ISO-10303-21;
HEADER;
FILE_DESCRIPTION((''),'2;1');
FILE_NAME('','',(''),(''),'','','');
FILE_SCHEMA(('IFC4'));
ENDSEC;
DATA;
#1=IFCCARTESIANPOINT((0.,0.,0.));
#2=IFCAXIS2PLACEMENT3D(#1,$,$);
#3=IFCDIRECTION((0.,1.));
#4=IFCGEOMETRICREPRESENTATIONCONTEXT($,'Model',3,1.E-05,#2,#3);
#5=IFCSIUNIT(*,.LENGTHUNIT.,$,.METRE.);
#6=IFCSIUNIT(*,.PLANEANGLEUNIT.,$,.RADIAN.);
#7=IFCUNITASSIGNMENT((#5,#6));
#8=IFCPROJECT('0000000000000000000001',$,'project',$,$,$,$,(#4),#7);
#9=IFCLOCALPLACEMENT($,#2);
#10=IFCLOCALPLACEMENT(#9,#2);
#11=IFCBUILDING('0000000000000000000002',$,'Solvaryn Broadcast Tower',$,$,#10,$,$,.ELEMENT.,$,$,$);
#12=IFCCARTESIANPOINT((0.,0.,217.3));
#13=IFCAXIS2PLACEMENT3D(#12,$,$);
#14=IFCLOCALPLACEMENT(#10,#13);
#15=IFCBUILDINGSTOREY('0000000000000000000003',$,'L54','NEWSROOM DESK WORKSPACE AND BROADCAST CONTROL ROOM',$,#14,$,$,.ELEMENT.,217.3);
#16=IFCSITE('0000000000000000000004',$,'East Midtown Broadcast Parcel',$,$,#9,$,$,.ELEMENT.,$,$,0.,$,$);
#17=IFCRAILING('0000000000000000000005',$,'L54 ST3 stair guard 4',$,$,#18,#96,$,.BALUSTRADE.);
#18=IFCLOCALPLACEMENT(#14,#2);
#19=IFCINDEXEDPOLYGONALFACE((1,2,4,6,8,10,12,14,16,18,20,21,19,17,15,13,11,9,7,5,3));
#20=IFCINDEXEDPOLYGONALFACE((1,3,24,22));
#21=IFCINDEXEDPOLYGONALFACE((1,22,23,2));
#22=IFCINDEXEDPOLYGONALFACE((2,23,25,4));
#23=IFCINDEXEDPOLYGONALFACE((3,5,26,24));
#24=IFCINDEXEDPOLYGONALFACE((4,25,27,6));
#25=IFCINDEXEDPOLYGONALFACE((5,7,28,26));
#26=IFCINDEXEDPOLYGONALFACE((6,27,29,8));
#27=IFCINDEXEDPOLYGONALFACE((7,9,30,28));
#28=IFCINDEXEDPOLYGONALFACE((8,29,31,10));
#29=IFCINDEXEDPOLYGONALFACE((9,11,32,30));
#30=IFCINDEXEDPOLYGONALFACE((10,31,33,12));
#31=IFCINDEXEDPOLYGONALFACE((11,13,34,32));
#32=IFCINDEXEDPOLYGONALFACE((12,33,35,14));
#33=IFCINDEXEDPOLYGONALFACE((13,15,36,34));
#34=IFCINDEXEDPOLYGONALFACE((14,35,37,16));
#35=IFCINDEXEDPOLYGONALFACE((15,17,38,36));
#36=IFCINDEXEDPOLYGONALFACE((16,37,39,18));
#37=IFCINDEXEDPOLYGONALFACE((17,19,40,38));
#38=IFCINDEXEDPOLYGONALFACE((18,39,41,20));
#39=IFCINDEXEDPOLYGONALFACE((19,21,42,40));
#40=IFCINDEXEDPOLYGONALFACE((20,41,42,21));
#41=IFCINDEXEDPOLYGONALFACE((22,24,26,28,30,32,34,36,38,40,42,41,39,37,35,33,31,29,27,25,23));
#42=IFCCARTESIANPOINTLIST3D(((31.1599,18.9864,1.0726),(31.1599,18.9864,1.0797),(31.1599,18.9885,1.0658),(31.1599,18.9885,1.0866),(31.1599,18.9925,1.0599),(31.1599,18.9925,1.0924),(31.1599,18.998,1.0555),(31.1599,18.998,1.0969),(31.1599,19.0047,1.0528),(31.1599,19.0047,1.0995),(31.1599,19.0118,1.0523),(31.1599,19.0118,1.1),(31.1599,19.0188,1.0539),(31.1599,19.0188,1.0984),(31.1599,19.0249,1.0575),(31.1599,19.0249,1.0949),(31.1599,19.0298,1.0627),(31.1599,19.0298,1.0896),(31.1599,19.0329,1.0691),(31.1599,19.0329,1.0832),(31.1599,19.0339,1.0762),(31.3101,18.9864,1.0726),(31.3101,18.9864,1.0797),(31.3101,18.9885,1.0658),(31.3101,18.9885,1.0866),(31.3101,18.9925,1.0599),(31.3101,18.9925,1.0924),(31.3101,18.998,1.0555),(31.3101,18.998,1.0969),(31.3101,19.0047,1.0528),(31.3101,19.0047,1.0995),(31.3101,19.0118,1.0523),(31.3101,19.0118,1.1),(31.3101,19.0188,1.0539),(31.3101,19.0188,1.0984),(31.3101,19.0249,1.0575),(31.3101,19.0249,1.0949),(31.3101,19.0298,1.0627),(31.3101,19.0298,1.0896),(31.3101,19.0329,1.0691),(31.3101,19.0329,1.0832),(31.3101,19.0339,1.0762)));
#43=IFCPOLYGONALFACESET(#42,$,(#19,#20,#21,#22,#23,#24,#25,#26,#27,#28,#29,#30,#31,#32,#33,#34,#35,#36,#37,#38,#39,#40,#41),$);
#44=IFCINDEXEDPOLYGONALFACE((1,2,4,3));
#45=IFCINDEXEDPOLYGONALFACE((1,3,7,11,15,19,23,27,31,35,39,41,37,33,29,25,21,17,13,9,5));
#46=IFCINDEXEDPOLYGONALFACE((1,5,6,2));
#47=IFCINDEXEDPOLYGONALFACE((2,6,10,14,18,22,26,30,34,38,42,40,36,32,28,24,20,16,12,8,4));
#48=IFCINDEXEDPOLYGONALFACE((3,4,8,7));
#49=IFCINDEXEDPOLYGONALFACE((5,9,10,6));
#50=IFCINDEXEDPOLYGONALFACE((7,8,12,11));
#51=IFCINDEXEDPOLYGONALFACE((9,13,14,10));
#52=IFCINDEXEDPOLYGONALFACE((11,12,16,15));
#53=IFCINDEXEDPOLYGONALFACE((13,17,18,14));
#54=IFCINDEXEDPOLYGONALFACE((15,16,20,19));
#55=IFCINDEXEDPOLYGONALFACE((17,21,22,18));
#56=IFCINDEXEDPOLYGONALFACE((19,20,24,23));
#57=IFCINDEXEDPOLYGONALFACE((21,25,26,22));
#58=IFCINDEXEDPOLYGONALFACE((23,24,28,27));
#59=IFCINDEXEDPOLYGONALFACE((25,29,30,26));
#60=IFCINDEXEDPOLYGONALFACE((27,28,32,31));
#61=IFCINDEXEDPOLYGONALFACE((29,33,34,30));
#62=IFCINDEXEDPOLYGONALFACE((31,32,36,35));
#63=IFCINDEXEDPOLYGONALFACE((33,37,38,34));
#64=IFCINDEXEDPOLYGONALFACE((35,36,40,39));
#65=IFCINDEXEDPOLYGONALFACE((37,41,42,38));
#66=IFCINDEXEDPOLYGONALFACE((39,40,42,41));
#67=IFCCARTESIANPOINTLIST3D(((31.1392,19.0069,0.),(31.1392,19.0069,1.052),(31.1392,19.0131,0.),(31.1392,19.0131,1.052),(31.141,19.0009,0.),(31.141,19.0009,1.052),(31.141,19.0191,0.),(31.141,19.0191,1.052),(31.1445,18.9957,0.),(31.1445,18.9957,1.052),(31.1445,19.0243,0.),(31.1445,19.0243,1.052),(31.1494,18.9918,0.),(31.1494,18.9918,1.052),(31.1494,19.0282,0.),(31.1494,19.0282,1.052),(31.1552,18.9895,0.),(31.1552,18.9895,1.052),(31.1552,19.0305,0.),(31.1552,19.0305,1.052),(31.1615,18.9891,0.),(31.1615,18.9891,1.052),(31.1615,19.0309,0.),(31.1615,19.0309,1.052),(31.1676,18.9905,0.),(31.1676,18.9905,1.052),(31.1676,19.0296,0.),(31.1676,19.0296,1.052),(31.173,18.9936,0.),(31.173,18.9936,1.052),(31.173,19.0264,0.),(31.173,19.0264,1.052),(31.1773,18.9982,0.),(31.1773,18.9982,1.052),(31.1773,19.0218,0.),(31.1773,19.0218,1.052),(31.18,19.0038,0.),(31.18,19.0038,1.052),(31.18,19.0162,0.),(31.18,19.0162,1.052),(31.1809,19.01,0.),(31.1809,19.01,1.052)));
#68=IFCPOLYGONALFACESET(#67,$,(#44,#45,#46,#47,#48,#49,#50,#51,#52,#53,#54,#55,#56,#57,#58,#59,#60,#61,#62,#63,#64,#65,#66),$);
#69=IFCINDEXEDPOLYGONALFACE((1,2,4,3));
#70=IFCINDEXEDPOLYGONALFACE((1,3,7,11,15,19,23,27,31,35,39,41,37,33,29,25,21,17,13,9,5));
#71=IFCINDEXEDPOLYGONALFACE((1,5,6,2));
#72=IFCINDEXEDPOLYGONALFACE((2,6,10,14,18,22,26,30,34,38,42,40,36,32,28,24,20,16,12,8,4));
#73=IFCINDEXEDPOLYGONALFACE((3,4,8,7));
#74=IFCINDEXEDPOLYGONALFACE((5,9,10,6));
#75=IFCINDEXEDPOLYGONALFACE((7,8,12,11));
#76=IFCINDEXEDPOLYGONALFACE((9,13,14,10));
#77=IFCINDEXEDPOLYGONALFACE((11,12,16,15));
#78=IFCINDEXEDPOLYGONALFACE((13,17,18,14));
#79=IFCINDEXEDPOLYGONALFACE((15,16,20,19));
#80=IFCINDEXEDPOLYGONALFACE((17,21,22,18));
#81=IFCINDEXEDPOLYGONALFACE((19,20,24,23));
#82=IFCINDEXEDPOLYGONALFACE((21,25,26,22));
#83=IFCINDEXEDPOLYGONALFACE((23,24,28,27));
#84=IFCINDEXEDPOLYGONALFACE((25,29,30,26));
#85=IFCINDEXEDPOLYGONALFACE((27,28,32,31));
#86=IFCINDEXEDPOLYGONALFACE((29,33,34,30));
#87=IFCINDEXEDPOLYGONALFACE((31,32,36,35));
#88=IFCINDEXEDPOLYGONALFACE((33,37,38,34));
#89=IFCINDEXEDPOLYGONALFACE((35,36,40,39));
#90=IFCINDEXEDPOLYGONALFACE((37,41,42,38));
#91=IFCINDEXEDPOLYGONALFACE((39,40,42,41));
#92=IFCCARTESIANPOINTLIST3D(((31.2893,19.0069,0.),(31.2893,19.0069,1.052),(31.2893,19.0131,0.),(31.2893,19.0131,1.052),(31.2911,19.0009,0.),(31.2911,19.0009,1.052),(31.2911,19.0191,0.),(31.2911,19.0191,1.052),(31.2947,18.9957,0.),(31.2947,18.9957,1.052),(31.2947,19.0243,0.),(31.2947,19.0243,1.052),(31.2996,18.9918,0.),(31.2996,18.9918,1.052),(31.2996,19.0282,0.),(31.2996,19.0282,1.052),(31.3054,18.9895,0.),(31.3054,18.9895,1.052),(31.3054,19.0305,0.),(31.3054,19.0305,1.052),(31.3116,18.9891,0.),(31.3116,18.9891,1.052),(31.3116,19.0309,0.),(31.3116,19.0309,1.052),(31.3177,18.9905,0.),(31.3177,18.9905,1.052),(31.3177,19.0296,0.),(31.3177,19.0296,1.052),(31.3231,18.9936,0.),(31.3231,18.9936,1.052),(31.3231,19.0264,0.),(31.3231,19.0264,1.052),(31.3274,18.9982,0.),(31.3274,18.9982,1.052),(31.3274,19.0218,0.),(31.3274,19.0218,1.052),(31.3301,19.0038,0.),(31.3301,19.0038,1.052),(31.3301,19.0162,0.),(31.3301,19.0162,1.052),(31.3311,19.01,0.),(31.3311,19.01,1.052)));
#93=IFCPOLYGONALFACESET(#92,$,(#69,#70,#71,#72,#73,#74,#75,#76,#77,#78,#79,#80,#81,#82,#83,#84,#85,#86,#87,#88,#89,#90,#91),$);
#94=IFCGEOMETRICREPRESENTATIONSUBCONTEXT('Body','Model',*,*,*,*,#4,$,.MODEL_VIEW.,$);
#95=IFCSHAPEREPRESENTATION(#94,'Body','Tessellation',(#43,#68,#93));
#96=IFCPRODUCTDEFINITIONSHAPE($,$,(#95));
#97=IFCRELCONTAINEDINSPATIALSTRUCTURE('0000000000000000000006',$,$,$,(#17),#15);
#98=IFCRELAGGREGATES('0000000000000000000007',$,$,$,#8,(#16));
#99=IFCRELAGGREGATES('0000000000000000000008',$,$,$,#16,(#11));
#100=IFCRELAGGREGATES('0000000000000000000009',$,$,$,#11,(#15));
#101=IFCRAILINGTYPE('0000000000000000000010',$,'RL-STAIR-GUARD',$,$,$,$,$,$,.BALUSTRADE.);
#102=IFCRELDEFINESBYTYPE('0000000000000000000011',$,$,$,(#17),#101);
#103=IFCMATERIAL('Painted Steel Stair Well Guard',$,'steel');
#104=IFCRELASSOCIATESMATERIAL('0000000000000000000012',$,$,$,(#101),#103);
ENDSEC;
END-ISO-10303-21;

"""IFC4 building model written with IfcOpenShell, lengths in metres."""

from ifc_helpers import new_model, si_unit, direction, frame, origin, origin_2d, place, context, subcontext, project, spatial, circle, extrude, material, type_object, element, save


model = new_model("IFC4")

# Units and contexts
model_context = context("Model", 3, precision=1e-05, world=origin(), true_north=direction((0.0, 1.0)))
body_context = subcontext(model_context, "Body", "Model", "MODEL_VIEW")
ifc_project = project(units=[si_unit("LENGTHUNIT", "METRE"), si_unit("PLANEANGLEUNIT", "RADIAN")], contexts=[model_context])

# Site, building, storey
site_placement = place(None, origin())
site = spatial("IfcSite", under=ifc_project, at=site_placement, Name="East Midtown Broadcast Parcel", CompositionType="ELEMENT", RefElevation=0.0)
building_placement = place(site_placement, origin())
building = spatial("IfcBuilding", under=site, at=building_placement, Name="Solvaryn Broadcast Tower", CompositionType="ELEMENT")
storey_placement = place(building_placement, frame((0.0, 0.0, 217.3)))
storey = spatial("IfcBuildingStorey", under=building, at=storey_placement, Name="L54", Description="NEWSROOM DESK WORKSPACE AND BROADCAST CONTROL ROOM", CompositionType="ELEMENT", Elevation=217.3)

# Railing
ifc_material_1 = material(Name="Painted Steel Stair Well Guard", Category="steel")
railing_type_1 = type_object("IfcRailingType", Name="RL-STAIR-GUARD", PredefinedType="BALUSTRADE", material=ifc_material_1)
railing_1_placement = place(storey_placement, frame((31.1599, 19.01, 0.0)))
element("IfcRailing", 1, at=railing_1_placement, inside=storey, type_object=railing_type_1, Name="L54 ST3 stair guard 4", PredefinedType="BALUSTRADE", context=body_context, shape_type="SweptSolid", body=[
    extrude(circle(Radius=0.0239, at=origin_2d()), frame((0.0, 0.0, 1.0762), z_axis=(1.0, 0.0, 0.0), x_axis=(0.0, 1.0, 0.0)), (0.0, 0.0, 1.0), 0.1501),
    extrude(circle(Radius=0.021, at=origin_2d()), origin(), (0.0, 0.0, 1.0), 1.052),
    extrude(circle(Radius=0.021, at=origin_2d()), frame((0.1501, 0.0, 0.0)), (0.0, 0.0, 1.0), 1.052),
])

save(model, "model.ifc")
